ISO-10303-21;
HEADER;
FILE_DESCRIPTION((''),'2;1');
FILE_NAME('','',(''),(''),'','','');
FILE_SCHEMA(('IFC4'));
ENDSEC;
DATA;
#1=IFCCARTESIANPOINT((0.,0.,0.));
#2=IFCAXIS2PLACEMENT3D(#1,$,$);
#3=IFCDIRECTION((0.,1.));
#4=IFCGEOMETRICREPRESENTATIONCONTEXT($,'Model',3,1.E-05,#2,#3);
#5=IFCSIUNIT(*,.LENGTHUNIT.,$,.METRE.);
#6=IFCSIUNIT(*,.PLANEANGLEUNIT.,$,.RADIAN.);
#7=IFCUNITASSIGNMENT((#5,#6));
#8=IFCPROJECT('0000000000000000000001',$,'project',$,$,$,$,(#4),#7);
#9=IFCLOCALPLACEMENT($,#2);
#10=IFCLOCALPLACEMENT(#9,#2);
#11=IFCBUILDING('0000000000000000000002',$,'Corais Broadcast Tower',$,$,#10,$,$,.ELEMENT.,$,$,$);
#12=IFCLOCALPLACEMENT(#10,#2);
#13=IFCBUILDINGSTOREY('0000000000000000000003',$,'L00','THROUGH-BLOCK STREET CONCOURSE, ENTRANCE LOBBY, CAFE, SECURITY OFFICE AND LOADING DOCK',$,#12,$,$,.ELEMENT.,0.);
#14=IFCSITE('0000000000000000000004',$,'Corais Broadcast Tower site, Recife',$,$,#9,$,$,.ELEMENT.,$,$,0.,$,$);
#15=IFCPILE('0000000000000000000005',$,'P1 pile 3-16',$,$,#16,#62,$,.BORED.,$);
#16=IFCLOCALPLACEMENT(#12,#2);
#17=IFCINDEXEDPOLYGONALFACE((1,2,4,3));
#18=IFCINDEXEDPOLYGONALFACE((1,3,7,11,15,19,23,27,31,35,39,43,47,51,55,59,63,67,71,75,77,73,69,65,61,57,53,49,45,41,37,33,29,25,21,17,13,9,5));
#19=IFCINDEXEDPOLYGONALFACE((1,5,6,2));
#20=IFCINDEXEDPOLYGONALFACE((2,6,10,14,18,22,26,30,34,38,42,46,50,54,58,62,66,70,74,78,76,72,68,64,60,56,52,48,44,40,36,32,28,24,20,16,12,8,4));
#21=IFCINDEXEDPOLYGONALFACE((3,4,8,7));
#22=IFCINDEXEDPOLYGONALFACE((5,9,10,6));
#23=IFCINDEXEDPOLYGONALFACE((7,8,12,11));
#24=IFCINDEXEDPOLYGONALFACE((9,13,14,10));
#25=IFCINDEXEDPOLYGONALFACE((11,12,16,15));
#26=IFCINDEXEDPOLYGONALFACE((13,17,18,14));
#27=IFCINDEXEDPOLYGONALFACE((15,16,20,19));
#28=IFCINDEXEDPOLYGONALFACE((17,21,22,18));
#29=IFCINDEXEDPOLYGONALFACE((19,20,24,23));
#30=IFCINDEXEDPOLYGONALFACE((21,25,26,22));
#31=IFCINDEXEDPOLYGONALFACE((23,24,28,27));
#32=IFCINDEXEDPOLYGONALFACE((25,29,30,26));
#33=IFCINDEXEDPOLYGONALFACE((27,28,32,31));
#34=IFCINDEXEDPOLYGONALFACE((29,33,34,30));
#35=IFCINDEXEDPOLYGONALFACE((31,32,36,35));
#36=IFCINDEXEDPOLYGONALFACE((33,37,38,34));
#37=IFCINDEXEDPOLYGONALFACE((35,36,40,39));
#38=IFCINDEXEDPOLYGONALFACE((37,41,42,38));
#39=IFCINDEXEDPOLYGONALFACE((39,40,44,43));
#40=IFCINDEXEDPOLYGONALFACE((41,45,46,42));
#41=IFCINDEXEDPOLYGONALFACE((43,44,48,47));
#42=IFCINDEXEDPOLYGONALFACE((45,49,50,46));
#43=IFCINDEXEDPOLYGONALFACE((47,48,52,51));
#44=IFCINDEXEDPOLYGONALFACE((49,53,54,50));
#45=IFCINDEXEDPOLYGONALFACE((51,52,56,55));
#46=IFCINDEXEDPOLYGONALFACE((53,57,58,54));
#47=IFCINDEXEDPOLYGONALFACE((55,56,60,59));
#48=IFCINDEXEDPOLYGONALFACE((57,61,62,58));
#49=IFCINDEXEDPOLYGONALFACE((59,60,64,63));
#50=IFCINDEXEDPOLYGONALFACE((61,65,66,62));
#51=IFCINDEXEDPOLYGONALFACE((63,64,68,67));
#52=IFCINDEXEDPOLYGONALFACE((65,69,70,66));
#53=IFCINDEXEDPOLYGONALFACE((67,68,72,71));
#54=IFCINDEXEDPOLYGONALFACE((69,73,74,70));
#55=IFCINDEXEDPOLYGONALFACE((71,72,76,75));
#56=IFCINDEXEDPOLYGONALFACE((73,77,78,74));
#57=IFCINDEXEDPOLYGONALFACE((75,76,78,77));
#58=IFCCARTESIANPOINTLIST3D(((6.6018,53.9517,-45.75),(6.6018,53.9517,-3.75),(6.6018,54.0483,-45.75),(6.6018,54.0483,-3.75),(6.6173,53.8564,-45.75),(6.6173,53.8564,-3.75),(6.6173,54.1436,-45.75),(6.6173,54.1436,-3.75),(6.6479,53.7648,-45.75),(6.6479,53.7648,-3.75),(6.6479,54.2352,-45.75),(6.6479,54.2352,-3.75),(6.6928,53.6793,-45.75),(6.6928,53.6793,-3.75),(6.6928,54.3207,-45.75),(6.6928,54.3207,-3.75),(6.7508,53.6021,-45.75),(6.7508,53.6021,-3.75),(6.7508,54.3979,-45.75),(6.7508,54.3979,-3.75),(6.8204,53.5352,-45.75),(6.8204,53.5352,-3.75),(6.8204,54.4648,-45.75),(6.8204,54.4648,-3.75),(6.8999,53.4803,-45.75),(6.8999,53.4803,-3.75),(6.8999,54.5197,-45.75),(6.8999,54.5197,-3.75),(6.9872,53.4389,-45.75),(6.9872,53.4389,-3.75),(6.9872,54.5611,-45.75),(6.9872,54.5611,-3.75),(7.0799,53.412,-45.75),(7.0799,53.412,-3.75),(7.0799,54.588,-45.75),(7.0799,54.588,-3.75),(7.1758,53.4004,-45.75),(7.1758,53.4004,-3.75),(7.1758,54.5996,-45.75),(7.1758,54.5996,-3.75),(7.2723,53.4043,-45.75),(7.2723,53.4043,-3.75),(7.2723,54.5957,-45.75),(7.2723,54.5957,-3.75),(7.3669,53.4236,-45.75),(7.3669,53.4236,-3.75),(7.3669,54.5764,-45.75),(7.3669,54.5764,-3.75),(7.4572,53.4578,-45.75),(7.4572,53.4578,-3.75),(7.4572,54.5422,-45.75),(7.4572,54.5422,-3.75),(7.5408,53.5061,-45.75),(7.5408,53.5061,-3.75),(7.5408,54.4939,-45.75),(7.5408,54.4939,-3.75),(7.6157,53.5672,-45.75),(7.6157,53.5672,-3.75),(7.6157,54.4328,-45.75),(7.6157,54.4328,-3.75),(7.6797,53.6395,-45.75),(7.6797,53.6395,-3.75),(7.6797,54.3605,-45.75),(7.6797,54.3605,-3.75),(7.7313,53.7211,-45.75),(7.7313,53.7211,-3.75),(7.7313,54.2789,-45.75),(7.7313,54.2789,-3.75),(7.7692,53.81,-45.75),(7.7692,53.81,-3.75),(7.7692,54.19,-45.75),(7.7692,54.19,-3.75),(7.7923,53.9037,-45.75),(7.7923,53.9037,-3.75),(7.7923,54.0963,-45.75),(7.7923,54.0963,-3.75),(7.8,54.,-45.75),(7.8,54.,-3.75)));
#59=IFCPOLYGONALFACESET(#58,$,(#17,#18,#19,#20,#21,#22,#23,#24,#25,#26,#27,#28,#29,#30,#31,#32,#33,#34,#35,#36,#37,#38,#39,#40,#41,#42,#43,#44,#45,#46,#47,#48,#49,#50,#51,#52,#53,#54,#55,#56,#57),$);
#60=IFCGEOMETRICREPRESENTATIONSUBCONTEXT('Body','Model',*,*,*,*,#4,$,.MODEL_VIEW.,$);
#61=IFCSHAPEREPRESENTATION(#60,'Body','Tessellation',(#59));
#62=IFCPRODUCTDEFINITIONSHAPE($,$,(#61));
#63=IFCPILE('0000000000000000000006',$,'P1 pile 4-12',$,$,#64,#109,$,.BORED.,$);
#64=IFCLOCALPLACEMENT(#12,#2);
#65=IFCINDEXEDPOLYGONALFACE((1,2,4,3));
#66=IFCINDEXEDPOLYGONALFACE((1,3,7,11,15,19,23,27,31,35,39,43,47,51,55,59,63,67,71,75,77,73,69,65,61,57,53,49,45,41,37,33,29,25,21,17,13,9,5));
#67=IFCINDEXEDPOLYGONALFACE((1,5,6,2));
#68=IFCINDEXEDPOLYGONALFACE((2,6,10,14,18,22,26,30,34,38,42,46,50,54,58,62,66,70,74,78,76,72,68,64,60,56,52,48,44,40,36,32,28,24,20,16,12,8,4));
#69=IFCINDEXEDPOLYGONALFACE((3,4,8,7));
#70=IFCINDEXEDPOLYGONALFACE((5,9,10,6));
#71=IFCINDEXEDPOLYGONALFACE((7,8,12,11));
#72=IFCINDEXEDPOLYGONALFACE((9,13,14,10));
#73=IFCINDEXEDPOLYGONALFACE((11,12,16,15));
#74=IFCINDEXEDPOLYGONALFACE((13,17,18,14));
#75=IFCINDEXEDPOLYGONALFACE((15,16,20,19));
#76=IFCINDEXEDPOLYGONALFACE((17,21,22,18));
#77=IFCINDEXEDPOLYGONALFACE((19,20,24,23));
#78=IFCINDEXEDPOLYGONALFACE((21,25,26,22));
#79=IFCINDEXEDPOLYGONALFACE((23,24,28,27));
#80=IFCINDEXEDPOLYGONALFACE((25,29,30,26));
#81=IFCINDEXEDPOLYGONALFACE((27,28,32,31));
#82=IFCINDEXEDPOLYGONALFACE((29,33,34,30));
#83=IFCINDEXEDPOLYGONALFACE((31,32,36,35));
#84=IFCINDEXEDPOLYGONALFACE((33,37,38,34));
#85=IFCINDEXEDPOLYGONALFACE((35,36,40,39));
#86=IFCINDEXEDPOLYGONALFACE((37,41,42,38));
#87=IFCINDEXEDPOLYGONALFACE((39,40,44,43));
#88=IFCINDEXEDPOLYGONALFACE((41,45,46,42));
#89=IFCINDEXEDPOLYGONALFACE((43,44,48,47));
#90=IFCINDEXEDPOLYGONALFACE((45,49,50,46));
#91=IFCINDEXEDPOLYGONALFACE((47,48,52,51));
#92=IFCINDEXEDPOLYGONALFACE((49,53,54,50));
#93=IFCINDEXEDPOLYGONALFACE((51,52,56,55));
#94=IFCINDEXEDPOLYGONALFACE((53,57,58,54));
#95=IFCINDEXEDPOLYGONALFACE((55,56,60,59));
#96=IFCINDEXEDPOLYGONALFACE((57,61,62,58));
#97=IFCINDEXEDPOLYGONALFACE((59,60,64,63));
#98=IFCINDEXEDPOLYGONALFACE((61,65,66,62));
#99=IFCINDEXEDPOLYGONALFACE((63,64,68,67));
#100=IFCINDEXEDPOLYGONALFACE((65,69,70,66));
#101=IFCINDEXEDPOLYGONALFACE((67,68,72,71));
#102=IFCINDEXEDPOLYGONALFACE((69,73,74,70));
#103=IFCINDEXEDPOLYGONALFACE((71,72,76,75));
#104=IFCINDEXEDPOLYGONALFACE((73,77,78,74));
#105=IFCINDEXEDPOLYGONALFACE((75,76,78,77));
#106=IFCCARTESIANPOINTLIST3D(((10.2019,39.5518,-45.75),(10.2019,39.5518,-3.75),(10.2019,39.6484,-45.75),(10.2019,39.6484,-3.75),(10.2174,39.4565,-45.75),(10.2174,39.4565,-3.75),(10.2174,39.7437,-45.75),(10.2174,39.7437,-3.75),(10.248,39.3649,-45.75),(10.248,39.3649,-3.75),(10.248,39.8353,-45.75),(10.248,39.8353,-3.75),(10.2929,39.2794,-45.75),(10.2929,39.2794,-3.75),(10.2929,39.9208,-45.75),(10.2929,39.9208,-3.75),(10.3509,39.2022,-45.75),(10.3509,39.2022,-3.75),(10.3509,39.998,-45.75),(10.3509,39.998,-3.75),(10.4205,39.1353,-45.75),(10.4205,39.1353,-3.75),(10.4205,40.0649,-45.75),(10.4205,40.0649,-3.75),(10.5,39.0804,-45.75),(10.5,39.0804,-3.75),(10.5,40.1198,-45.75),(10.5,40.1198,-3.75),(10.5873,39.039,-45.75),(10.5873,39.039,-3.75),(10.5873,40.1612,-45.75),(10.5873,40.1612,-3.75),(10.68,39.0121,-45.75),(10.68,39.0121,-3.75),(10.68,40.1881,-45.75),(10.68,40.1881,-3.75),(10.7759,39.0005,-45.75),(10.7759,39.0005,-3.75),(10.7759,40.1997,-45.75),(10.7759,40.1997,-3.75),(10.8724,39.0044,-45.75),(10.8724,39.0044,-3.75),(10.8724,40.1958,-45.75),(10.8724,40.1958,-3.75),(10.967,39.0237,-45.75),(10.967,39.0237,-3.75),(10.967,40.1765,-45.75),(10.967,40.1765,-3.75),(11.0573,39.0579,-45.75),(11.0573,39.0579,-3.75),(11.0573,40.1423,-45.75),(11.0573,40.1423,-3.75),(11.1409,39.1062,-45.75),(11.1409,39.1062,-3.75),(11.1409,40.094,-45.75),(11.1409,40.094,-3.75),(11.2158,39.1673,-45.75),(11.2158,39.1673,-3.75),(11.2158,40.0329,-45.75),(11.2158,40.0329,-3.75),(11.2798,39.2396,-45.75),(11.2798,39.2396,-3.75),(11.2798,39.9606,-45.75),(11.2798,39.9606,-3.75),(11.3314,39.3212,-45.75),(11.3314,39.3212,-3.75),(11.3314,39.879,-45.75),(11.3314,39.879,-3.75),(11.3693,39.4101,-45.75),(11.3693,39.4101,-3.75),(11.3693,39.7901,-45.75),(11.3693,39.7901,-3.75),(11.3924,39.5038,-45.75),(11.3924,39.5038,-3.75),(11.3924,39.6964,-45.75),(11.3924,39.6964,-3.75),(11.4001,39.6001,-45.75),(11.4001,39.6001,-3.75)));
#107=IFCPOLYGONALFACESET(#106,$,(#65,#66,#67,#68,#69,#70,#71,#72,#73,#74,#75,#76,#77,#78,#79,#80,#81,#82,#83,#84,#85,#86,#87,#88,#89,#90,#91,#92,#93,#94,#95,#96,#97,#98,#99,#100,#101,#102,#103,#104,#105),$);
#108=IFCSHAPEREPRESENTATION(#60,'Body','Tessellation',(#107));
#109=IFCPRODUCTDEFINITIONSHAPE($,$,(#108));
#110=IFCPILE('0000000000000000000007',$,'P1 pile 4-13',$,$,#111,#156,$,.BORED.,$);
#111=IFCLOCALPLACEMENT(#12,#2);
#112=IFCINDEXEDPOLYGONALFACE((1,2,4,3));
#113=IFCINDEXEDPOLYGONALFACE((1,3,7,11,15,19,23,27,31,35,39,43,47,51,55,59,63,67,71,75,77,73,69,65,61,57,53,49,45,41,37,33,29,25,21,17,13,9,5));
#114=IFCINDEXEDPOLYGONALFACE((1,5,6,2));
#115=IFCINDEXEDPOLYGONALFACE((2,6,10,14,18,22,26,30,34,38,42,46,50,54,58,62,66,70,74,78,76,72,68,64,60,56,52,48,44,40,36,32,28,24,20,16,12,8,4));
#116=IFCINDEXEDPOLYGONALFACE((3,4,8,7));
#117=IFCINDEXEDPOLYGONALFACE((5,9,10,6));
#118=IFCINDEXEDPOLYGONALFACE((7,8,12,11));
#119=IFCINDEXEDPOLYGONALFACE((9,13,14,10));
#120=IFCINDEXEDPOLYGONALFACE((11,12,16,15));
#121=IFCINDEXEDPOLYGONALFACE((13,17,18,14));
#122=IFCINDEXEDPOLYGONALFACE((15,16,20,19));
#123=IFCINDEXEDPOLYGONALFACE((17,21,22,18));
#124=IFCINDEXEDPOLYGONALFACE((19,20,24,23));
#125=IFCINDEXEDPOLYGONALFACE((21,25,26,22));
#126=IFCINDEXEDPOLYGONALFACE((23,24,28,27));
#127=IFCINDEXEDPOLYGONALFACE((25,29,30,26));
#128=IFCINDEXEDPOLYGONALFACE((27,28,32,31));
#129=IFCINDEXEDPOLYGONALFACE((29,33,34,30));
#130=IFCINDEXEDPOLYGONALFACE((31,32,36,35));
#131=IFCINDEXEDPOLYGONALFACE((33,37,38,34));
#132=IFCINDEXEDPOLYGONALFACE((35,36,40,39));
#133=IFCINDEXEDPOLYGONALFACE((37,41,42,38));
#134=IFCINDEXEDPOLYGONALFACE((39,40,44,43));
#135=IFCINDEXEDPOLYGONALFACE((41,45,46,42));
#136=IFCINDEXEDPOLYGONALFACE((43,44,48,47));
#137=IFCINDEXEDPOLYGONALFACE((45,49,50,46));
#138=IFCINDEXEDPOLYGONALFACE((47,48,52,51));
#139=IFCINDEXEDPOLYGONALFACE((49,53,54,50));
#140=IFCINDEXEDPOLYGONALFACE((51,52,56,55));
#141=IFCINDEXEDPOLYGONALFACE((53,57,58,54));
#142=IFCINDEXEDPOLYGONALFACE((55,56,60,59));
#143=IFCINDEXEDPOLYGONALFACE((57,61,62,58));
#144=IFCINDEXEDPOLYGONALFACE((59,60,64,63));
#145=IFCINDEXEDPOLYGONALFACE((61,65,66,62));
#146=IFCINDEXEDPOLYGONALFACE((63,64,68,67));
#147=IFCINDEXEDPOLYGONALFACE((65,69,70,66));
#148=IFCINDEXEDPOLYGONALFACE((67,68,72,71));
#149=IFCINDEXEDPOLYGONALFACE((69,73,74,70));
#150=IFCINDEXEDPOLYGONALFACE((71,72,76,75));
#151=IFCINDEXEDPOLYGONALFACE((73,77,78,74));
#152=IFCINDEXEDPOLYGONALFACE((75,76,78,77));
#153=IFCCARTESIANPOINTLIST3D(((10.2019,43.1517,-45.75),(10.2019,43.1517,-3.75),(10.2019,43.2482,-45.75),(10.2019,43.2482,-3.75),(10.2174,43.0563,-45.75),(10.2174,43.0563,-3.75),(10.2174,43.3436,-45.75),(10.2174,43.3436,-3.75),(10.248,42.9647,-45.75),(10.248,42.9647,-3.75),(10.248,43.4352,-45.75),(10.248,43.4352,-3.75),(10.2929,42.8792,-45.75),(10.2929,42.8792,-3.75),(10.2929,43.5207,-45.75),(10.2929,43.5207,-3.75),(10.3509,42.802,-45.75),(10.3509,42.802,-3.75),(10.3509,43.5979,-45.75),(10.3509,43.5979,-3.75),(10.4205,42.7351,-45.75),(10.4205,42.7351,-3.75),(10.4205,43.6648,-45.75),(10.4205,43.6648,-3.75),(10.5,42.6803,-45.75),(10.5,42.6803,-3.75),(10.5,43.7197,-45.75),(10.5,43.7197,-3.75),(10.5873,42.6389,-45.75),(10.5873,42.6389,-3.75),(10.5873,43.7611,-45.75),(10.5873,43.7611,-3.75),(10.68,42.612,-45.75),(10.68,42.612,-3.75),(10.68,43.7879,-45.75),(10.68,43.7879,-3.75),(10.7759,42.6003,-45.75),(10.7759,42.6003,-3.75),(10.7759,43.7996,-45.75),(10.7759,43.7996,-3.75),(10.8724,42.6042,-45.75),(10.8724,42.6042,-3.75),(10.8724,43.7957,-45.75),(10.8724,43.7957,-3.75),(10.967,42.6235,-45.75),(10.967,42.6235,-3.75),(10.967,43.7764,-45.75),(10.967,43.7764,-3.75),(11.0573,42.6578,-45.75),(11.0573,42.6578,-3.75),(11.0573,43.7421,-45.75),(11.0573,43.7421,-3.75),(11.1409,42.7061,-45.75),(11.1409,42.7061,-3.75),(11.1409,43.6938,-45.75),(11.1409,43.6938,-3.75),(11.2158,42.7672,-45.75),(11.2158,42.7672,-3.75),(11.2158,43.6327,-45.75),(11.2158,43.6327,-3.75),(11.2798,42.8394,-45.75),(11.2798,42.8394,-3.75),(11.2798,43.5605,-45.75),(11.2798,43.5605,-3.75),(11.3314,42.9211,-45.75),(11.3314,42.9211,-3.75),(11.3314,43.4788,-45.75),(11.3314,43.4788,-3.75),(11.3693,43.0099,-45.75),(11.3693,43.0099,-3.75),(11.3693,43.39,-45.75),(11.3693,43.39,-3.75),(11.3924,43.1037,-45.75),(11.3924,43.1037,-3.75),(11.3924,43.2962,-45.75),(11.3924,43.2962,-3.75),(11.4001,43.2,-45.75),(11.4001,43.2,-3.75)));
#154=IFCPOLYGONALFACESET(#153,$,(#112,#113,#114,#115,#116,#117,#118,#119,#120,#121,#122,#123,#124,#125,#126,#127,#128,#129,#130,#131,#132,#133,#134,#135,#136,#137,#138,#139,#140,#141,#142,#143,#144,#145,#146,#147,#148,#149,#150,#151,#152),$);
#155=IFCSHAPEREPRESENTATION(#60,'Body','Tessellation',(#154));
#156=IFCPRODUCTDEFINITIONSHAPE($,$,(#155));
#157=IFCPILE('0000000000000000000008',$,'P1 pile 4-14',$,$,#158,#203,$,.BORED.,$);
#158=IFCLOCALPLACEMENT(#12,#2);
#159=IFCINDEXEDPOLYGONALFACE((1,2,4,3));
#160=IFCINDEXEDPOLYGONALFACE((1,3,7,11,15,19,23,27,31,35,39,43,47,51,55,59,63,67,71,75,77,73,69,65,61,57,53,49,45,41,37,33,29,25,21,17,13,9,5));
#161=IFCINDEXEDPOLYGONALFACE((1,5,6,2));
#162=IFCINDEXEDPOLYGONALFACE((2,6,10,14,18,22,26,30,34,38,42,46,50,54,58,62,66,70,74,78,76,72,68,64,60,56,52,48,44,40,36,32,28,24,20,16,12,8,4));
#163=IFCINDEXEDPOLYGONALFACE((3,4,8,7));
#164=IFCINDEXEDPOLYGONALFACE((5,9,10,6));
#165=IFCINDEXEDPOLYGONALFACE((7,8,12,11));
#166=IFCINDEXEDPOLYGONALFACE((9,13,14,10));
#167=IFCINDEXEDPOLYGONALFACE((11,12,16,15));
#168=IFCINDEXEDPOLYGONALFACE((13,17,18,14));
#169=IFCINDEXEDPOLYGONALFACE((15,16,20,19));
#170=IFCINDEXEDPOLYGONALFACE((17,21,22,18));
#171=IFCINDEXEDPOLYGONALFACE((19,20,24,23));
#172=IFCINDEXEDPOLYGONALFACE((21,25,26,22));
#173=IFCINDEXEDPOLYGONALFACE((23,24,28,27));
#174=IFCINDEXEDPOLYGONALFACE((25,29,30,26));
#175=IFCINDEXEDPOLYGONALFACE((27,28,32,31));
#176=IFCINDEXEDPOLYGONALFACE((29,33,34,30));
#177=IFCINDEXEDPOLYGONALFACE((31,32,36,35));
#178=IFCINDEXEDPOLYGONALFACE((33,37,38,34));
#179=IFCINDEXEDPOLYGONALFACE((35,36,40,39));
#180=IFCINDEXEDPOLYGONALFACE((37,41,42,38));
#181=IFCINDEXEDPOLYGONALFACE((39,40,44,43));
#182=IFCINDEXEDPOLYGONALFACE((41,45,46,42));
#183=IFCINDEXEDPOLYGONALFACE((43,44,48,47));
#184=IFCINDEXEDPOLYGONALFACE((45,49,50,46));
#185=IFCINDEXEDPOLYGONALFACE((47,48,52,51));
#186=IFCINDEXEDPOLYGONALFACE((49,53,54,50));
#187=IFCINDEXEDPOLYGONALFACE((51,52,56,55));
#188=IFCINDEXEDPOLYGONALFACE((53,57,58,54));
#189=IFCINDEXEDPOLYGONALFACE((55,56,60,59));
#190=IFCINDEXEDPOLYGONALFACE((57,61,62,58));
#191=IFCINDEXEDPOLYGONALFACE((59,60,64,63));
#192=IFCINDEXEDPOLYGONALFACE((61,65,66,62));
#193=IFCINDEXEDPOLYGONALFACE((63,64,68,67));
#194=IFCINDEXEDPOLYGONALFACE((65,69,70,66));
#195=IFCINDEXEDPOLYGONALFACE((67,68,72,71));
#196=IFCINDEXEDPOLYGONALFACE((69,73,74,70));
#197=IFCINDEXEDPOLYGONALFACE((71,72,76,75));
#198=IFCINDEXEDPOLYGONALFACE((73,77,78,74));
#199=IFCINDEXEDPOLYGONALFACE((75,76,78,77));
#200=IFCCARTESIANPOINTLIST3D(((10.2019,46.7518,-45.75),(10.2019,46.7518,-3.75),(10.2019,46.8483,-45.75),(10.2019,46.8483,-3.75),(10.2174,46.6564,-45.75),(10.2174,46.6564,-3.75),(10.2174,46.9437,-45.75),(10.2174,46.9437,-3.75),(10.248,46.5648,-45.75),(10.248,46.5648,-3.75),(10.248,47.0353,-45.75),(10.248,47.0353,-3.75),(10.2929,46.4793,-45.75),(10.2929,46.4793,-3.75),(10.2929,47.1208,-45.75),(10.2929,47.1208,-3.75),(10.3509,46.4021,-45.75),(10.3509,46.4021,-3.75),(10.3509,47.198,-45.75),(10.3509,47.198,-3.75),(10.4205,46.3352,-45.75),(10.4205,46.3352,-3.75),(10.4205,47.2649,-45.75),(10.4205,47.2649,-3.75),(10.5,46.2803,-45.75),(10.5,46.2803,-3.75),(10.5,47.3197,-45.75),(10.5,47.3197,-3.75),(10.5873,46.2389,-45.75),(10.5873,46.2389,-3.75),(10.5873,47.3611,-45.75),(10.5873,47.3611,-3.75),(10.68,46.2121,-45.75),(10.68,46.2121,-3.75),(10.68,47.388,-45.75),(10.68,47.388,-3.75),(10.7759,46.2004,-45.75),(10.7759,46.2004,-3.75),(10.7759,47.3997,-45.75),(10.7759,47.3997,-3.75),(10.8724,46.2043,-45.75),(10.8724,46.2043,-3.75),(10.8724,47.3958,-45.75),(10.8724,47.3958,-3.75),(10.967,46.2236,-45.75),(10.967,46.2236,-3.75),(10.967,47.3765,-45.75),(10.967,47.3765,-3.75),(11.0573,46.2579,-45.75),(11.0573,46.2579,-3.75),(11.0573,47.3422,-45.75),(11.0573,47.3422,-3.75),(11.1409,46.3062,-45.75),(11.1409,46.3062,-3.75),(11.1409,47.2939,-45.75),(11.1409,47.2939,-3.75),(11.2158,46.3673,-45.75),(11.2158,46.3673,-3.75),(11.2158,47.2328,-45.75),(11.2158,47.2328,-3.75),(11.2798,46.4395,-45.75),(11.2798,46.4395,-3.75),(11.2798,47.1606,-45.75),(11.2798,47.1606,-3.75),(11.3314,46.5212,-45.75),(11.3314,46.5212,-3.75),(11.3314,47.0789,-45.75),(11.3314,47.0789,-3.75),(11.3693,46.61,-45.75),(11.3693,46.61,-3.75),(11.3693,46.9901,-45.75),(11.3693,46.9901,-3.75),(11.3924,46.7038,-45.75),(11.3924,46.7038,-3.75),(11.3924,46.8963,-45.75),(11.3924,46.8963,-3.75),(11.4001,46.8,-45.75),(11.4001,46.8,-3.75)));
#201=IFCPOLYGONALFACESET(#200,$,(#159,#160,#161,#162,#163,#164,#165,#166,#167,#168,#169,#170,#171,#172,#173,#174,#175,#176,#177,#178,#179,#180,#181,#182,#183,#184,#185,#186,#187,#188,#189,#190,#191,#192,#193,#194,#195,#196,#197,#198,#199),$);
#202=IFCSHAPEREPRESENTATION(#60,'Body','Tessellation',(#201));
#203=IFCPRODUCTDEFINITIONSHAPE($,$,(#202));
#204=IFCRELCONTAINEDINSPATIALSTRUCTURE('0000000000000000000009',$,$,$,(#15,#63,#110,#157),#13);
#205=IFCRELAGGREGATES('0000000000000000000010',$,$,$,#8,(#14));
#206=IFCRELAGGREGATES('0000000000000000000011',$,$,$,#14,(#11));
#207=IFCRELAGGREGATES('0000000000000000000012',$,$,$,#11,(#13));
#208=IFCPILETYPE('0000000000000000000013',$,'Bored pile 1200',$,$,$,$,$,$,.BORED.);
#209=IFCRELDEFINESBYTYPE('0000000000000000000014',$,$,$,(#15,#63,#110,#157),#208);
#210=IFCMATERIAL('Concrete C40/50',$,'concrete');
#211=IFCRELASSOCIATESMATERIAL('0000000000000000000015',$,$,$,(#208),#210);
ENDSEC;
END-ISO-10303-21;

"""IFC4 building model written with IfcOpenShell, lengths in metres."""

from ifc_helpers import new_model, si_unit, direction, frame, origin, origin_2d, place, context, subcontext, project, spatial, circle, extrude, material, type_object, element, save


model = new_model("IFC4")

# Units and contexts
model_context = context("Model", 3, precision=1e-05, world=origin(), true_north=direction((0.0, 1.0)))
body_context = subcontext(model_context, "Body", "Model", "MODEL_VIEW")
ifc_project = project(units=[si_unit("LENGTHUNIT", "METRE"), si_unit("PLANEANGLEUNIT", "RADIAN")], contexts=[model_context])

# Site, building, storey
site_placement = place(None, origin())
site = spatial("IfcSite", under=ifc_project, at=site_placement, Name="Corais Broadcast Tower site, Recife", CompositionType="ELEMENT", RefElevation=0.0)
building_placement = place(site_placement, origin())
building = spatial("IfcBuilding", under=site, at=building_placement, Name="Corais Broadcast Tower", CompositionType="ELEMENT")
storey_placement = place(building_placement, origin())
storey = spatial("IfcBuildingStorey", under=building, at=storey_placement, Name="L00", Description="THROUGH-BLOCK STREET CONCOURSE, ENTRANCE LOBBY, CAFE, SECURITY OFFICE AND LOADING DOCK", CompositionType="ELEMENT", Elevation=0.0)

# Piles
ifc_material_1 = material(Name="Concrete C40/50", Category="concrete")
pile_type = type_object("IfcPileType", Name="Bored pile 1200", PredefinedType="BORED", material=ifc_material_1)
for number, where, z_axis, x_axis, name in (
    (1, (7.2, 54.0, -3.75), (0.0, 0.0, -1.0), (1.0, 0.0, 0.0), "P1 pile 3-16"),
    (2, (10.8, 39.6001, -3.75), (0.0, 0.0, -1.0), (1.0, 0.0, 0.0), "P1 pile 4-12"),
    (3, (10.8, 43.2, -3.75), (0.0, 0.0, -1.0), (1.0, 0.0, 0.0), "P1 pile 4-13"),
    (4, (10.8, 46.8, -3.75), (0.0, 0.0, -1.0), (1.0, 0.0, 0.0), "P1 pile 4-14"),
):
    element("IfcPile", number, at=place(storey_placement, frame(where, z_axis=z_axis, x_axis=x_axis)), inside=storey, type_object=pile_type, Name=name, PredefinedType="BORED", context=body_context, shape_type="SweptSolid", body=[
        extrude(circle(Radius=0.6001, at=origin_2d()), origin(), (0.0, 0.0, 1.0), 42.0),
    ])

save(model, "model.ifc")
